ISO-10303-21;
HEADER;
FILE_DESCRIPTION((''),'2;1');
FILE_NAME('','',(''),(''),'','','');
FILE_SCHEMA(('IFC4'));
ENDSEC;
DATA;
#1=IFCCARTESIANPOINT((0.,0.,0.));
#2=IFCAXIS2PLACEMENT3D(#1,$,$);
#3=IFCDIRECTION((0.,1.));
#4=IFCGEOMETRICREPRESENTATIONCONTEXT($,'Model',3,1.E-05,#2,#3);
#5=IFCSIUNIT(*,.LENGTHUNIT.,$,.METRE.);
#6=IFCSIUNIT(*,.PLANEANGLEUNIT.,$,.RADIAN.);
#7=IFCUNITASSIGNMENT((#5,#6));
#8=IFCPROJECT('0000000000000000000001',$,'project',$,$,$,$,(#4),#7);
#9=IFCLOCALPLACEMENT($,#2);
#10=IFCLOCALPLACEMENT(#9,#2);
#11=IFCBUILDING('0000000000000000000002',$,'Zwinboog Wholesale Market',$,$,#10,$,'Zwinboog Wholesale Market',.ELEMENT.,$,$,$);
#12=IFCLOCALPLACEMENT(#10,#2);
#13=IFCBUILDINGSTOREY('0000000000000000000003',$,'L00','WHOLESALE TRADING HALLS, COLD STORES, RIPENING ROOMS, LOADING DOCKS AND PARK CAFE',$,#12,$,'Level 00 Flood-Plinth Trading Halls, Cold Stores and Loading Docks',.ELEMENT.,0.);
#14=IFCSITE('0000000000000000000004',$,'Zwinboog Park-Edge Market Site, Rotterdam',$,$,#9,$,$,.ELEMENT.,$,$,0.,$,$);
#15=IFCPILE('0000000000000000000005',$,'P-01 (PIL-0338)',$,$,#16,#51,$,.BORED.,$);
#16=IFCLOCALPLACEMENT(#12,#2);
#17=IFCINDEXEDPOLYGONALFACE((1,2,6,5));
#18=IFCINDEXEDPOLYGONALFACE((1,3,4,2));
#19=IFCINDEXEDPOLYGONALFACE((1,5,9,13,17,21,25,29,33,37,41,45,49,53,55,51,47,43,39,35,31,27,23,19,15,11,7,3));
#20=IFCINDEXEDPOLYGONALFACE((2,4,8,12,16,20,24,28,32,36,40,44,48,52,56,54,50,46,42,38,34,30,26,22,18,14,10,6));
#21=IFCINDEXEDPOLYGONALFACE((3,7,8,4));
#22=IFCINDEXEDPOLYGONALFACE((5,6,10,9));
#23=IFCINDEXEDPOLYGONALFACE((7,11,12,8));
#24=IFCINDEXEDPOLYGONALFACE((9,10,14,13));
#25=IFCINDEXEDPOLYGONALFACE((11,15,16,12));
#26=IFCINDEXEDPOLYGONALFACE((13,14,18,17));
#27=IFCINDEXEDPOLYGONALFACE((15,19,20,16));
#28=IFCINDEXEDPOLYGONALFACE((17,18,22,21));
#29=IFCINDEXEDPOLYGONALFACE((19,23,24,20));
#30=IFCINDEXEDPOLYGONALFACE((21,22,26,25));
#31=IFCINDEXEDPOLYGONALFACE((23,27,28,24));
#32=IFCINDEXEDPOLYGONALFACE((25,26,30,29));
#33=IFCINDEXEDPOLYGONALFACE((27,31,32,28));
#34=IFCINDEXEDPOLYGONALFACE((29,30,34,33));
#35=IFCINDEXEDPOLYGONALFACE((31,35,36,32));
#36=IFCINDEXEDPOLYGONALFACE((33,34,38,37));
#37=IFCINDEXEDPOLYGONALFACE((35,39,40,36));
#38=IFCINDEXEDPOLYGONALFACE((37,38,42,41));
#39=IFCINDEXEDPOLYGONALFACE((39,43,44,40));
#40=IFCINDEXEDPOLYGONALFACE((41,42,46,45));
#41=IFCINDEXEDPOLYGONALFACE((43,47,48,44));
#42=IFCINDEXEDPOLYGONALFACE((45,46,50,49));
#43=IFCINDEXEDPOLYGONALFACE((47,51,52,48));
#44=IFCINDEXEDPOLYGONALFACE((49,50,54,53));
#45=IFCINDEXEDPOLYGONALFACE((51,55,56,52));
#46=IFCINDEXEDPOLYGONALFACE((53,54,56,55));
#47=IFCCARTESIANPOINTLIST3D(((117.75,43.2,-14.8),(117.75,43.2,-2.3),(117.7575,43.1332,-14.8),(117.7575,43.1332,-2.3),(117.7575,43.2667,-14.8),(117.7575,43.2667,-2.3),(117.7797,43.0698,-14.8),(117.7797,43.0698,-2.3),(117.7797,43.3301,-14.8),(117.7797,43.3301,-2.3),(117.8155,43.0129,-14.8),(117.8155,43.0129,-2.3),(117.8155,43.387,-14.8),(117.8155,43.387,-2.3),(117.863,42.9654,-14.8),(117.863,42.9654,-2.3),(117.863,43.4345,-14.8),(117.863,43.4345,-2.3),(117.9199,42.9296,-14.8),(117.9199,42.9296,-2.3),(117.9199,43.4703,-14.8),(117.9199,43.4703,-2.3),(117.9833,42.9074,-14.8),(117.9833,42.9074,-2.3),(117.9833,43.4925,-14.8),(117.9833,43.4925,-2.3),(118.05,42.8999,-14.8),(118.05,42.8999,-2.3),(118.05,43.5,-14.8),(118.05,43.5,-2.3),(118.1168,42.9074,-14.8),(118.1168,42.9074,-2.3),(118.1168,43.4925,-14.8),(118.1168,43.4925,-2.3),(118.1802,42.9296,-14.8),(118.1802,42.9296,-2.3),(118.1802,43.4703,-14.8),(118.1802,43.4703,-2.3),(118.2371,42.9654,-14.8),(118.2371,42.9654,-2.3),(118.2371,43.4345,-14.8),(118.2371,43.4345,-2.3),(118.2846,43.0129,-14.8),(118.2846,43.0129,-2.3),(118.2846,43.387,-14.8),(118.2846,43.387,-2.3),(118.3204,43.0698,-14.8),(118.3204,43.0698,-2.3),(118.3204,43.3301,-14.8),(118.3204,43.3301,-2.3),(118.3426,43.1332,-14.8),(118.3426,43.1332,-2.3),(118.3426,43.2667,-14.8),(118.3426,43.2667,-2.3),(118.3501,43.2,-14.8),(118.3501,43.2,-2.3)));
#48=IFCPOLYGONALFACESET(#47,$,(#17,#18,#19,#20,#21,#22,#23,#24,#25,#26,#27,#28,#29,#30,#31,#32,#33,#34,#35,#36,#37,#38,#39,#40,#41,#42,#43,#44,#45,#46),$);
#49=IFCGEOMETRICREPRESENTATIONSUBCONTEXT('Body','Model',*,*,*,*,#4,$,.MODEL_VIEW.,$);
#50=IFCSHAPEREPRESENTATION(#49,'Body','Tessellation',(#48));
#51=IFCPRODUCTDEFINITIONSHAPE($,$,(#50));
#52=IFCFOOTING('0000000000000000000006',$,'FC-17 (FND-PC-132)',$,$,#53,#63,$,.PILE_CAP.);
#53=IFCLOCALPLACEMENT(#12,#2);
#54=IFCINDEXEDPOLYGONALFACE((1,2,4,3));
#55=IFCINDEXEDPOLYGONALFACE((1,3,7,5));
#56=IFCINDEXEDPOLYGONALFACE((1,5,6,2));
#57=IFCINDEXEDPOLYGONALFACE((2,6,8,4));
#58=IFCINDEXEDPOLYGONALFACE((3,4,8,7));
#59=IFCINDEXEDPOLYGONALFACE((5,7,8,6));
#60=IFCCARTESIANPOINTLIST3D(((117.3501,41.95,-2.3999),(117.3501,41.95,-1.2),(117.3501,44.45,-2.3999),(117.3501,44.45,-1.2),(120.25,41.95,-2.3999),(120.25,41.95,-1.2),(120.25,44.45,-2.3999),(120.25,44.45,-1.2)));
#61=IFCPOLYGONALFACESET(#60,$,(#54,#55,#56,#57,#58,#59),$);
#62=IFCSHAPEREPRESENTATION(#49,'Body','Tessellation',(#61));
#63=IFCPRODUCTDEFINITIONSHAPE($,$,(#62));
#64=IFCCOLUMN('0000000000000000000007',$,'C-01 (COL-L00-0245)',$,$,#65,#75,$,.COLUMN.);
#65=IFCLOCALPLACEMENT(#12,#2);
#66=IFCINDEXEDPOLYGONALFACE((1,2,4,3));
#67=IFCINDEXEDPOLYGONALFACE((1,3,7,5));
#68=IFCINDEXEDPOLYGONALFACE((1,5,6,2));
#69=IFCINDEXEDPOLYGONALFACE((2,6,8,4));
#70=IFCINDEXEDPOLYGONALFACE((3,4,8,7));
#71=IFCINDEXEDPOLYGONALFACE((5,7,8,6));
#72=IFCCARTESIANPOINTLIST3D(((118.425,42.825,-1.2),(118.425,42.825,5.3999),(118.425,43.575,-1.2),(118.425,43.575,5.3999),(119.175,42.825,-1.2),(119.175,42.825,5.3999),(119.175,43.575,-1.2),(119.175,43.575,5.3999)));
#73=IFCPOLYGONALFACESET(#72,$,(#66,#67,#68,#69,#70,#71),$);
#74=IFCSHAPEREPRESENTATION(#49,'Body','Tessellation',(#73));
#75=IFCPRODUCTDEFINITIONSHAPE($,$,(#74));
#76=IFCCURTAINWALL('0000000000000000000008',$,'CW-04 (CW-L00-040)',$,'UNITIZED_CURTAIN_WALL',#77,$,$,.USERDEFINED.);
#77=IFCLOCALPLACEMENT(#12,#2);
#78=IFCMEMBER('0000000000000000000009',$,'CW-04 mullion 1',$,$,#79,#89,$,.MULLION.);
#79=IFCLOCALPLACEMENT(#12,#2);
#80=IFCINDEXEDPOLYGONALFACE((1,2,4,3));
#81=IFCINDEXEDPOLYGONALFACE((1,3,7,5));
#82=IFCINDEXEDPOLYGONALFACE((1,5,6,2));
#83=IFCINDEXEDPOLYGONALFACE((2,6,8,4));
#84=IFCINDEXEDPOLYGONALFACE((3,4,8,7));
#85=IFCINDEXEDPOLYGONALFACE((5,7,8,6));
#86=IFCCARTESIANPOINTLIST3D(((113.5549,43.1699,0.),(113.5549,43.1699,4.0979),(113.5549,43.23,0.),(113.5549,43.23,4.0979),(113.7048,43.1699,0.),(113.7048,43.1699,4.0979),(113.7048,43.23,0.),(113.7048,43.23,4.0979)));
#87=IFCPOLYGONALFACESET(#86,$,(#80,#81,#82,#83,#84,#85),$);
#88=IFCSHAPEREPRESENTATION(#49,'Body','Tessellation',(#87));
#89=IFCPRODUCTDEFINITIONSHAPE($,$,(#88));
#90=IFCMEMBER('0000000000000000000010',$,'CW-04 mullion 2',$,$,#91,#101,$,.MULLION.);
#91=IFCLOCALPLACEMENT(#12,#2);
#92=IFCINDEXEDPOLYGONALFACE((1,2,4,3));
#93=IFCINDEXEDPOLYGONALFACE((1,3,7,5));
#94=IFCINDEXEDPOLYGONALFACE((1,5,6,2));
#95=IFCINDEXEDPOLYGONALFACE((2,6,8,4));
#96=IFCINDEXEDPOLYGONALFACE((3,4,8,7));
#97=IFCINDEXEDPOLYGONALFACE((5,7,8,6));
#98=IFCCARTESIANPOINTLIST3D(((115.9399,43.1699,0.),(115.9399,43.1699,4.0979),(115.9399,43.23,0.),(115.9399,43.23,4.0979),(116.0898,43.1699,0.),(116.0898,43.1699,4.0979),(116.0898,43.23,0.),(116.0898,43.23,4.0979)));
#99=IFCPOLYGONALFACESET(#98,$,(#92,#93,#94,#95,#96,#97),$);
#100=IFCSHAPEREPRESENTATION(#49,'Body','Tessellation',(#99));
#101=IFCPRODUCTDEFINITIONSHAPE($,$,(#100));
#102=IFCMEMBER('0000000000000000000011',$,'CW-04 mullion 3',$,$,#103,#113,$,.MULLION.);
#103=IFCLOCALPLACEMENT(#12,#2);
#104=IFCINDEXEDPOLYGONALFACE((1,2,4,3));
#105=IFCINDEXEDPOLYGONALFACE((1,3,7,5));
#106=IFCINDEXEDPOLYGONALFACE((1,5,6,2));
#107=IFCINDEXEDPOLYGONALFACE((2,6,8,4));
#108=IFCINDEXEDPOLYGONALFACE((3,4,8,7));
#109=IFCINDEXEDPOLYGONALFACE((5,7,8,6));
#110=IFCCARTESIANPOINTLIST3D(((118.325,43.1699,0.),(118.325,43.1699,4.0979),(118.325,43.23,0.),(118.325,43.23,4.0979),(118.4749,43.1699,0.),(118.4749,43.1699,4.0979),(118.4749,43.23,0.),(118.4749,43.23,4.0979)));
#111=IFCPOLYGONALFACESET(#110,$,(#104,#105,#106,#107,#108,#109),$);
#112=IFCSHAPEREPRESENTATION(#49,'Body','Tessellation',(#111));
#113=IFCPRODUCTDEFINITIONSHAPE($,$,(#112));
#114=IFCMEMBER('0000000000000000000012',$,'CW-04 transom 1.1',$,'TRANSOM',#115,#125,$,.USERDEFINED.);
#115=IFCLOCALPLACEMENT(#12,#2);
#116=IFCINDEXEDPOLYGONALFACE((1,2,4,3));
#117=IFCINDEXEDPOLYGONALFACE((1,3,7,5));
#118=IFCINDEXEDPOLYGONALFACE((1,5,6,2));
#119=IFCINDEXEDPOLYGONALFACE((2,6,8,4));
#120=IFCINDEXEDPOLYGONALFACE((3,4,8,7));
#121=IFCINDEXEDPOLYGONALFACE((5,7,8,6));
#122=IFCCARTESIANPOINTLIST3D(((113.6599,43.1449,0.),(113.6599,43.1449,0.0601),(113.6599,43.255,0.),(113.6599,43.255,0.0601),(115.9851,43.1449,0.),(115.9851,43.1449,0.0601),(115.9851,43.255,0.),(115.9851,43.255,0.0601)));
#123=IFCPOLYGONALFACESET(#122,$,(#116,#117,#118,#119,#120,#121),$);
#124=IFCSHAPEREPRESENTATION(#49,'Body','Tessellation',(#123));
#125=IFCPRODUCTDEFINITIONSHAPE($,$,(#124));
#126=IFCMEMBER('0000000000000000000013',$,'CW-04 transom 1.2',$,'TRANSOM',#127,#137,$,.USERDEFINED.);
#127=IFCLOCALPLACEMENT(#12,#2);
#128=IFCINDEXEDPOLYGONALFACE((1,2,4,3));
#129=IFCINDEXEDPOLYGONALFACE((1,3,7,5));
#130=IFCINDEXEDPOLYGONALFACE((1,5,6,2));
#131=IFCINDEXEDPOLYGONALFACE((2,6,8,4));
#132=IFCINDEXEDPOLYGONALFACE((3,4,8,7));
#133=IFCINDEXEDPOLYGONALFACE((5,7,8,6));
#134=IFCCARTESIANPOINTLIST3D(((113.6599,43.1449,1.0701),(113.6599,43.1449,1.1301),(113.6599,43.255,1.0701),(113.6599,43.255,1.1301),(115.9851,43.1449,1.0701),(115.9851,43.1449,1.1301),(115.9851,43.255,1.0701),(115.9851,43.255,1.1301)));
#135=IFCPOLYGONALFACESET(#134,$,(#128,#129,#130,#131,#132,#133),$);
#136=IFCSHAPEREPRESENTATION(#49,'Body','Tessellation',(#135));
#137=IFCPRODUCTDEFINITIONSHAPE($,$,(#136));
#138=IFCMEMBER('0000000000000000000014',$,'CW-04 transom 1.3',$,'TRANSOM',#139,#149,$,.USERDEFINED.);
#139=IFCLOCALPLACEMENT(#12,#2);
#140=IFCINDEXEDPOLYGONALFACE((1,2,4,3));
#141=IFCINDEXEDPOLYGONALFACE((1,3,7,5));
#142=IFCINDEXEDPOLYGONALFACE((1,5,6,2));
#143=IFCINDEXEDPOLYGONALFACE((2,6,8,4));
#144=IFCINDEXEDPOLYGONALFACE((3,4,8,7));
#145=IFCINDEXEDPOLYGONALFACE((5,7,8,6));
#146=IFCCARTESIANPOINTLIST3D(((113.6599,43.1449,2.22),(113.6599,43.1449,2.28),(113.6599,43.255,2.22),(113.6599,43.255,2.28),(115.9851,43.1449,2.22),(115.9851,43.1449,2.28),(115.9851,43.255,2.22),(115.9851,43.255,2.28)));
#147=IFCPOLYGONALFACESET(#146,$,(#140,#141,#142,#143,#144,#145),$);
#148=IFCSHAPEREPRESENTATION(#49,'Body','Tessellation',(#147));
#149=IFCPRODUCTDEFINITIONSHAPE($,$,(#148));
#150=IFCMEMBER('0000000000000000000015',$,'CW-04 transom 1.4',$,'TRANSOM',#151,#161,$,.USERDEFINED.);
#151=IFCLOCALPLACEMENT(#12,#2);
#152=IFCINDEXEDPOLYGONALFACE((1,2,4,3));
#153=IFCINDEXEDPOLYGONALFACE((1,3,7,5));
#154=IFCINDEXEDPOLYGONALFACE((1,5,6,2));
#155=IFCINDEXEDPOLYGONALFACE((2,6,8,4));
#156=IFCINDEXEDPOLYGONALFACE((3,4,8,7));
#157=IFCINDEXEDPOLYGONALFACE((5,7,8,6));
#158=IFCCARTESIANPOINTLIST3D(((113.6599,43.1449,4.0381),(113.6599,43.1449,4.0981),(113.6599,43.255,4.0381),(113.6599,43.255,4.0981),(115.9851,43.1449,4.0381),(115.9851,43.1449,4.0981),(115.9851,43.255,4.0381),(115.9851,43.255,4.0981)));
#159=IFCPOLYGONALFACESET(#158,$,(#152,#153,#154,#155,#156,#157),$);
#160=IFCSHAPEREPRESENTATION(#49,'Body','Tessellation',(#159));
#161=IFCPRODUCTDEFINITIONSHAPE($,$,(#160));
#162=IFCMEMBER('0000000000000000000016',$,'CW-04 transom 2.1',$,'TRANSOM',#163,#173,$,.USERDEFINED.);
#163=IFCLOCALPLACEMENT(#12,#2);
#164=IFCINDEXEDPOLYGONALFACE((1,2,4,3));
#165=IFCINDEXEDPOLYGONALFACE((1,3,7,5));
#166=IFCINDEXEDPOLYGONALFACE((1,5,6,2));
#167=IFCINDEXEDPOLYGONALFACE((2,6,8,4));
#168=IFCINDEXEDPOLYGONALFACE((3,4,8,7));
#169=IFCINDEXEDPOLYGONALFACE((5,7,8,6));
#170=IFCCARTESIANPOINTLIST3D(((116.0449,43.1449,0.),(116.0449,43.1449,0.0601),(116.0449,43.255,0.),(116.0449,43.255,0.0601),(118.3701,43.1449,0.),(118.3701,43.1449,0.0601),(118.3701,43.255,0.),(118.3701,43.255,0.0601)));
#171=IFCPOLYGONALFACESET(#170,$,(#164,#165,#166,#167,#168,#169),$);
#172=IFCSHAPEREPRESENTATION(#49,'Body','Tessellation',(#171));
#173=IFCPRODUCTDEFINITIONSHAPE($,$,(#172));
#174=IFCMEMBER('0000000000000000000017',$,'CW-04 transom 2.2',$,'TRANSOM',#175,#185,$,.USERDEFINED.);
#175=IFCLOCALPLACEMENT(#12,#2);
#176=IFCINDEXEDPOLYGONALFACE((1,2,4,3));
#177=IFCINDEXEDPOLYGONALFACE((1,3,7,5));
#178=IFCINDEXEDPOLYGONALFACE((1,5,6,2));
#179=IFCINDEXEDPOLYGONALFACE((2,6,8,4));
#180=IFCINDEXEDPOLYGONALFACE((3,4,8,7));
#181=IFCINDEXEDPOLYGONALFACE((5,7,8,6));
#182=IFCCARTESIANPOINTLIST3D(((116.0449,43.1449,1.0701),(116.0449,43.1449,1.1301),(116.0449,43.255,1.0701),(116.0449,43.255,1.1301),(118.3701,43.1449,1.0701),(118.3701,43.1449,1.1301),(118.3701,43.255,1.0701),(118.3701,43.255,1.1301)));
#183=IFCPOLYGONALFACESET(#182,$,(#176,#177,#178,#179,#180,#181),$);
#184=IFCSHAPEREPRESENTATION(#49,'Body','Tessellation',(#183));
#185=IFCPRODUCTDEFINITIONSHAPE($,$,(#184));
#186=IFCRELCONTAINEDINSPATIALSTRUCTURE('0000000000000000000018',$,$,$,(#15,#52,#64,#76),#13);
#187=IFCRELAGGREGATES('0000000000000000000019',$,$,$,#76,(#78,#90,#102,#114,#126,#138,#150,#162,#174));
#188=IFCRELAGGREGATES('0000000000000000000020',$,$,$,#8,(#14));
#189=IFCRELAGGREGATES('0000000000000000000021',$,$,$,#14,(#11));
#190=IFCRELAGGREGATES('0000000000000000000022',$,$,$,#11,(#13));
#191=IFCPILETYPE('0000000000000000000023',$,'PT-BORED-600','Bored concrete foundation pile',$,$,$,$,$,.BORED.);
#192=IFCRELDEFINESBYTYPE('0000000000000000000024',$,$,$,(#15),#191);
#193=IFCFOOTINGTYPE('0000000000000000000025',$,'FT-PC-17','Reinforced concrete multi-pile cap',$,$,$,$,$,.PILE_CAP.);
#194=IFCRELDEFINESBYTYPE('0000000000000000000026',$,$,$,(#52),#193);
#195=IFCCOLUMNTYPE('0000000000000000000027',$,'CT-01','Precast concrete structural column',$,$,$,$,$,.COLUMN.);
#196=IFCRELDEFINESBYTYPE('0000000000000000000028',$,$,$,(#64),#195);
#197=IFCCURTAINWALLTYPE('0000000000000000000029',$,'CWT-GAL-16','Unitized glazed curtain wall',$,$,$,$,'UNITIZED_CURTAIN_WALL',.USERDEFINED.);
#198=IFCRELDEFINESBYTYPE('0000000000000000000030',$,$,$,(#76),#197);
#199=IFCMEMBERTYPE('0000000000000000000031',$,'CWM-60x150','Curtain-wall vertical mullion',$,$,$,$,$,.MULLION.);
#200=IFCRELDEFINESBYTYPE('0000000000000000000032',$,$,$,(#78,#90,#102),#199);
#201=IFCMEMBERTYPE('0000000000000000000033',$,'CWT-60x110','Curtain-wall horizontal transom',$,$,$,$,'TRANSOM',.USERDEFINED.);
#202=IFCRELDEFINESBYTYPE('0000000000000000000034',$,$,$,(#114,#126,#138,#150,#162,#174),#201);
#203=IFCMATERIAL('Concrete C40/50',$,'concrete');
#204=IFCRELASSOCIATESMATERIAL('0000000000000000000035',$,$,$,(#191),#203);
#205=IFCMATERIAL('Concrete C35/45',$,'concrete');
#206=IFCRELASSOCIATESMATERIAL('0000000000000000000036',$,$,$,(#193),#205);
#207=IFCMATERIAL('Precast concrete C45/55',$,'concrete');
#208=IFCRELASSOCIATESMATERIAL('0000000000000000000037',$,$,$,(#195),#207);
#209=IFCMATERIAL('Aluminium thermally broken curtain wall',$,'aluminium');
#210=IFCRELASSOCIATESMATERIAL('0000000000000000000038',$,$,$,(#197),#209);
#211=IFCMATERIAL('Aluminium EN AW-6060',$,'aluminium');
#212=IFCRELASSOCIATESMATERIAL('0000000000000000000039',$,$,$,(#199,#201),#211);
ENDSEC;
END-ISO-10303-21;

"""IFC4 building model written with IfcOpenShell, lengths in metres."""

from ifc_helpers import new_model, si_unit, direction, frame, origin, origin_2d, place, context, subcontext, project, spatial, rectangle, circle, extrude, material, material_profile, profile_set, type_object, element, aggregate, save


model = new_model("IFC4")

# Units and contexts
model_context = context("Model", 3, precision=1e-05, world=origin(), true_north=direction((0.0, 1.0)))
body_context = subcontext(model_context, "Body", "Model", "MODEL_VIEW")
ifc_project = project(units=[si_unit("LENGTHUNIT", "METRE"), si_unit("PLANEANGLEUNIT", "RADIAN")], contexts=[model_context])

# Site, building, storey
site_placement = place(None, origin())
site = spatial("IfcSite", under=ifc_project, at=site_placement, Name="Zwinboog Park-Edge Market Site, Rotterdam", CompositionType="ELEMENT", RefElevation=0.0)
building_placement = place(site_placement, origin())
building = spatial("IfcBuilding", under=site, at=building_placement, Name="Zwinboog Wholesale Market", LongName="Zwinboog Wholesale Market", CompositionType="ELEMENT")
storey_placement = place(building_placement, origin())
storey = spatial("IfcBuildingStorey", under=building, at=storey_placement, Name="L00", Description="WHOLESALE TRADING HALLS, COLD STORES, RIPENING ROOMS, LOADING DOCKS AND PARK CAFE", LongName="Level 00 Flood-Plinth Trading Halls, Cold Stores and Loading Docks", CompositionType="ELEMENT", Elevation=0.0)

# Pile
ifc_material_1 = material(Name="Concrete C40/50", Category="concrete")
ifc_material_profile_1 = material_profile(ifc_material_1, circle(Radius=0.3, at=origin_2d()), Name="PILE D600")
ifc_profile_set_1 = profile_set([ifc_material_profile_1], Name="Concrete C40/50")
pile_type = type_object("IfcPileType", Name="PT-BORED-600", Description="Bored concrete foundation pile", PredefinedType="BORED", material=ifc_profile_set_1)
pile_placement = place(storey_placement, frame((118.05, 43.2, -2.3), z_axis=(0.0, 0.0, -1.0), x_axis=(1.0, 0.0, 0.0)))
element("IfcPile", 1, at=pile_placement, inside=storey, type_object=pile_type, Name="P-01 (PIL-0338)", PredefinedType="BORED", context=body_context, shape_type="SweptSolid", body=[
    extrude(circle(Radius=0.3, at=origin_2d()), origin(), (0.0, 0.0, 1.0), 12.5),
])

# Footing
ifc_material_2 = material(Name="Concrete C35/45", Category="concrete")
footing_type = type_object("IfcFootingType", Name="FT-PC-17", Description="Reinforced concrete multi-pile cap", PredefinedType="PILE_CAP", material=ifc_material_2)
footing_placement = place(storey_placement, frame((118.8, 43.2, -2.3999), z_axis=(0.0, 0.0, 1.0), x_axis=(1.0, 0.0, 0.0)))
element("IfcFooting", 2, at=footing_placement, inside=storey, type_object=footing_type, Name="FC-17 (FND-PC-132)", PredefinedType="PILE_CAP", context=body_context, shape_type="SweptSolid", body=[
    extrude(rectangle(XDim=2.8999, YDim=2.5, at=origin_2d()), origin(), (0.0, 0.0, 1.0), 1.2),
])

# Column
ifc_material_3 = material(Name="Precast concrete C45/55", Category="concrete")
ifc_material_profile_2 = material_profile(ifc_material_3, rectangle(XDim=0.75, YDim=0.75, at=origin_2d()), Name="PC 750x750")
ifc_profile_set_2 = profile_set([ifc_material_profile_2], Name="Precast concrete C45/55")
column_type = type_object("IfcColumnType", Name="CT-01", Description="Precast concrete structural column", PredefinedType="COLUMN", material=ifc_profile_set_2)
column_placement = place(storey_placement, frame((118.8, 43.2, -1.2), z_axis=(0.0, 0.0, 1.0), x_axis=(1.0, 0.0, 0.0)))
element("IfcColumn", 3, at=column_placement, inside=storey, type_object=column_type, Name="C-01 (COL-L00-0245)", PredefinedType="COLUMN", context=body_context, shape_type="SweptSolid", body=[
    extrude(rectangle(XDim=0.75, YDim=0.75, at=origin_2d()), origin(), (0.0, 0.0, 1.0), 6.5999),
])

# Curtain wall, members
ifc_material_4 = material(Name="Aluminium thermally broken curtain wall", Category="aluminium")
curtain_wall_type = type_object("IfcCurtainWallType", Name="CWT-GAL-16", Description="Unitized glazed curtain wall", ElementType="UNITIZED_CURTAIN_WALL", PredefinedType="USERDEFINED", material=ifc_material_4)
curtain_wall_placement = place(storey_placement, origin())
curtain_wall = element("IfcCurtainWall", 4, at=curtain_wall_placement, inside=storey, type_object=curtain_wall_type, Name="CW-04 (CW-L00-040)", ObjectType="UNITIZED_CURTAIN_WALL", PredefinedType="USERDEFINED")
ifc_material_5 = material(Name="Aluminium EN AW-6060", Category="aluminium")
ifc_material_profile_3 = material_profile(ifc_material_5, rectangle(XDim=0.0601, YDim=0.1499, at=origin_2d()), Name="AL 60x150")
ifc_profile_set_3 = profile_set([ifc_material_profile_3], Name="Aluminium EN AW-6060")
member_type_1 = type_object("IfcMemberType", Name="CWM-60x150", Description="Curtain-wall vertical mullion", PredefinedType="MULLION", material=ifc_profile_set_3)
member_1_placement = place(storey_placement, frame((113.6299, 43.2, 0.0), z_axis=(0.0, 0.0, 1.0), x_axis=(0.0, 1.0, 0.0)))
member_1 = element("IfcMember", 5, at=member_1_placement, type_object=member_type_1, Name="CW-04 mullion 1", PredefinedType="MULLION", context=body_context, shape_type="SweptSolid", body=[
    extrude(rectangle(XDim=0.0601, YDim=0.1499, at=origin_2d()), origin(), (0.0, 0.0, 1.0), 4.0979),
])
member_2_placement = place(storey_placement, frame((116.0149, 43.2, 0.0), z_axis=(0.0, 0.0, 1.0), x_axis=(0.0, 1.0, 0.0)))
member_2 = element("IfcMember", 6, at=member_2_placement, type_object=member_type_1, Name="CW-04 mullion 2", PredefinedType="MULLION", context=body_context, shape_type="SweptSolid", body=[
    extrude(rectangle(XDim=0.0601, YDim=0.1499, at=origin_2d()), origin(), (0.0, 0.0, 1.0), 4.0979),
])
member_3_placement = place(storey_placement, frame((118.3999, 43.2, 0.0), z_axis=(0.0, 0.0, 1.0), x_axis=(0.0, 1.0, 0.0)))
member_3 = element("IfcMember", 7, at=member_3_placement, type_object=member_type_1, Name="CW-04 mullion 3", PredefinedType="MULLION", context=body_context, shape_type="SweptSolid", body=[
    extrude(rectangle(XDim=0.0601, YDim=0.1499, at=origin_2d()), origin(), (0.0, 0.0, 1.0), 4.0979),
])
ifc_material_profile_4 = material_profile(ifc_material_5, rectangle(XDim=0.1101, YDim=0.0601, at=origin_2d()), Name="AL 60x110")
ifc_profile_set_4 = profile_set([ifc_material_profile_4], Name="Aluminium EN AW-6060")
member_type_2 = type_object("IfcMemberType", Name="CWT-60x110", Description="Curtain-wall horizontal transom", ElementType="TRANSOM", PredefinedType="USERDEFINED", material=ifc_profile_set_4)
member_4_placement = place(storey_placement, frame((113.6599, 43.2, 0.03), z_axis=(1.0, 0.0, 0.0), x_axis=(0.0, 1.0, 0.0)))
member_4 = element("IfcMember", 8, at=member_4_placement, type_object=member_type_2, Name="CW-04 transom 1.1", ObjectType="TRANSOM", PredefinedType="USERDEFINED", context=body_context, shape_type="SweptSolid", body=[
    extrude(rectangle(XDim=0.1101, YDim=0.0601, at=origin_2d()), origin(), (0.0, 0.0, 1.0), 2.3252),
])
member_5_placement = place(storey_placement, frame((113.6599, 43.2, 1.1001), z_axis=(1.0, 0.0, 0.0), x_axis=(0.0, 1.0, 0.0)))
member_5 = element("IfcMember", 9, at=member_5_placement, type_object=member_type_2, Name="CW-04 transom 1.2", ObjectType="TRANSOM", PredefinedType="USERDEFINED", context=body_context, shape_type="SweptSolid", body=[
    extrude(rectangle(XDim=0.1101, YDim=0.0601, at=origin_2d()), origin(), (0.0, 0.0, 1.0), 2.3252),
])
member_6_placement = place(storey_placement, frame((113.6599, 43.2, 2.25), z_axis=(1.0, 0.0, 0.0), x_axis=(0.0, 1.0, 0.0)))
member_6 = element("IfcMember", 10, at=member_6_placement, type_object=member_type_2, Name="CW-04 transom 1.3", ObjectType="TRANSOM", PredefinedType="USERDEFINED", context=body_context, shape_type="SweptSolid", body=[
    extrude(rectangle(XDim=0.1101, YDim=0.0601, at=origin_2d()), origin(), (0.0, 0.0, 1.0), 2.3252),
])
member_7_placement = place(storey_placement, frame((113.6599, 43.2, 4.0681), z_axis=(1.0, 0.0, 0.0), x_axis=(0.0, 1.0, 0.0)))
member_7 = element("IfcMember", 11, at=member_7_placement, type_object=member_type_2, Name="CW-04 transom 1.4", ObjectType="TRANSOM", PredefinedType="USERDEFINED", context=body_context, shape_type="SweptSolid", body=[
    extrude(rectangle(XDim=0.1101, YDim=0.0601, at=origin_2d()), origin(), (0.0, 0.0, 1.0), 2.3252),
])
member_8_placement = place(storey_placement, frame((116.0449, 43.2, 0.03), z_axis=(1.0, 0.0, 0.0), x_axis=(0.0, 1.0, 0.0)))
member_8 = element("IfcMember", 12, at=member_8_placement, type_object=member_type_2, Name="CW-04 transom 2.1", ObjectType="TRANSOM", PredefinedType="USERDEFINED", context=body_context, shape_type="SweptSolid", body=[
    extrude(rectangle(XDim=0.1101, YDim=0.0601, at=origin_2d()), origin(), (0.0, 0.0, 1.0), 2.3252),
])
member_9_placement = place(storey_placement, frame((116.0449, 43.2, 1.1001), z_axis=(1.0, 0.0, 0.0), x_axis=(0.0, 1.0, 0.0)))
member_9 = element("IfcMember", 13, at=member_9_placement, type_object=member_type_2, Name="CW-04 transom 2.2", ObjectType="TRANSOM", PredefinedType="USERDEFINED", context=body_context, shape_type="SweptSolid", body=[
    extrude(rectangle(XDim=0.1101, YDim=0.0601, at=origin_2d()), origin(), (0.0, 0.0, 1.0), 2.3252),
])
aggregate(curtain_wall, [member_1, member_2, member_3, member_4, member_5, member_6, member_7, member_8, member_9])

save(model, "model.ifc")
